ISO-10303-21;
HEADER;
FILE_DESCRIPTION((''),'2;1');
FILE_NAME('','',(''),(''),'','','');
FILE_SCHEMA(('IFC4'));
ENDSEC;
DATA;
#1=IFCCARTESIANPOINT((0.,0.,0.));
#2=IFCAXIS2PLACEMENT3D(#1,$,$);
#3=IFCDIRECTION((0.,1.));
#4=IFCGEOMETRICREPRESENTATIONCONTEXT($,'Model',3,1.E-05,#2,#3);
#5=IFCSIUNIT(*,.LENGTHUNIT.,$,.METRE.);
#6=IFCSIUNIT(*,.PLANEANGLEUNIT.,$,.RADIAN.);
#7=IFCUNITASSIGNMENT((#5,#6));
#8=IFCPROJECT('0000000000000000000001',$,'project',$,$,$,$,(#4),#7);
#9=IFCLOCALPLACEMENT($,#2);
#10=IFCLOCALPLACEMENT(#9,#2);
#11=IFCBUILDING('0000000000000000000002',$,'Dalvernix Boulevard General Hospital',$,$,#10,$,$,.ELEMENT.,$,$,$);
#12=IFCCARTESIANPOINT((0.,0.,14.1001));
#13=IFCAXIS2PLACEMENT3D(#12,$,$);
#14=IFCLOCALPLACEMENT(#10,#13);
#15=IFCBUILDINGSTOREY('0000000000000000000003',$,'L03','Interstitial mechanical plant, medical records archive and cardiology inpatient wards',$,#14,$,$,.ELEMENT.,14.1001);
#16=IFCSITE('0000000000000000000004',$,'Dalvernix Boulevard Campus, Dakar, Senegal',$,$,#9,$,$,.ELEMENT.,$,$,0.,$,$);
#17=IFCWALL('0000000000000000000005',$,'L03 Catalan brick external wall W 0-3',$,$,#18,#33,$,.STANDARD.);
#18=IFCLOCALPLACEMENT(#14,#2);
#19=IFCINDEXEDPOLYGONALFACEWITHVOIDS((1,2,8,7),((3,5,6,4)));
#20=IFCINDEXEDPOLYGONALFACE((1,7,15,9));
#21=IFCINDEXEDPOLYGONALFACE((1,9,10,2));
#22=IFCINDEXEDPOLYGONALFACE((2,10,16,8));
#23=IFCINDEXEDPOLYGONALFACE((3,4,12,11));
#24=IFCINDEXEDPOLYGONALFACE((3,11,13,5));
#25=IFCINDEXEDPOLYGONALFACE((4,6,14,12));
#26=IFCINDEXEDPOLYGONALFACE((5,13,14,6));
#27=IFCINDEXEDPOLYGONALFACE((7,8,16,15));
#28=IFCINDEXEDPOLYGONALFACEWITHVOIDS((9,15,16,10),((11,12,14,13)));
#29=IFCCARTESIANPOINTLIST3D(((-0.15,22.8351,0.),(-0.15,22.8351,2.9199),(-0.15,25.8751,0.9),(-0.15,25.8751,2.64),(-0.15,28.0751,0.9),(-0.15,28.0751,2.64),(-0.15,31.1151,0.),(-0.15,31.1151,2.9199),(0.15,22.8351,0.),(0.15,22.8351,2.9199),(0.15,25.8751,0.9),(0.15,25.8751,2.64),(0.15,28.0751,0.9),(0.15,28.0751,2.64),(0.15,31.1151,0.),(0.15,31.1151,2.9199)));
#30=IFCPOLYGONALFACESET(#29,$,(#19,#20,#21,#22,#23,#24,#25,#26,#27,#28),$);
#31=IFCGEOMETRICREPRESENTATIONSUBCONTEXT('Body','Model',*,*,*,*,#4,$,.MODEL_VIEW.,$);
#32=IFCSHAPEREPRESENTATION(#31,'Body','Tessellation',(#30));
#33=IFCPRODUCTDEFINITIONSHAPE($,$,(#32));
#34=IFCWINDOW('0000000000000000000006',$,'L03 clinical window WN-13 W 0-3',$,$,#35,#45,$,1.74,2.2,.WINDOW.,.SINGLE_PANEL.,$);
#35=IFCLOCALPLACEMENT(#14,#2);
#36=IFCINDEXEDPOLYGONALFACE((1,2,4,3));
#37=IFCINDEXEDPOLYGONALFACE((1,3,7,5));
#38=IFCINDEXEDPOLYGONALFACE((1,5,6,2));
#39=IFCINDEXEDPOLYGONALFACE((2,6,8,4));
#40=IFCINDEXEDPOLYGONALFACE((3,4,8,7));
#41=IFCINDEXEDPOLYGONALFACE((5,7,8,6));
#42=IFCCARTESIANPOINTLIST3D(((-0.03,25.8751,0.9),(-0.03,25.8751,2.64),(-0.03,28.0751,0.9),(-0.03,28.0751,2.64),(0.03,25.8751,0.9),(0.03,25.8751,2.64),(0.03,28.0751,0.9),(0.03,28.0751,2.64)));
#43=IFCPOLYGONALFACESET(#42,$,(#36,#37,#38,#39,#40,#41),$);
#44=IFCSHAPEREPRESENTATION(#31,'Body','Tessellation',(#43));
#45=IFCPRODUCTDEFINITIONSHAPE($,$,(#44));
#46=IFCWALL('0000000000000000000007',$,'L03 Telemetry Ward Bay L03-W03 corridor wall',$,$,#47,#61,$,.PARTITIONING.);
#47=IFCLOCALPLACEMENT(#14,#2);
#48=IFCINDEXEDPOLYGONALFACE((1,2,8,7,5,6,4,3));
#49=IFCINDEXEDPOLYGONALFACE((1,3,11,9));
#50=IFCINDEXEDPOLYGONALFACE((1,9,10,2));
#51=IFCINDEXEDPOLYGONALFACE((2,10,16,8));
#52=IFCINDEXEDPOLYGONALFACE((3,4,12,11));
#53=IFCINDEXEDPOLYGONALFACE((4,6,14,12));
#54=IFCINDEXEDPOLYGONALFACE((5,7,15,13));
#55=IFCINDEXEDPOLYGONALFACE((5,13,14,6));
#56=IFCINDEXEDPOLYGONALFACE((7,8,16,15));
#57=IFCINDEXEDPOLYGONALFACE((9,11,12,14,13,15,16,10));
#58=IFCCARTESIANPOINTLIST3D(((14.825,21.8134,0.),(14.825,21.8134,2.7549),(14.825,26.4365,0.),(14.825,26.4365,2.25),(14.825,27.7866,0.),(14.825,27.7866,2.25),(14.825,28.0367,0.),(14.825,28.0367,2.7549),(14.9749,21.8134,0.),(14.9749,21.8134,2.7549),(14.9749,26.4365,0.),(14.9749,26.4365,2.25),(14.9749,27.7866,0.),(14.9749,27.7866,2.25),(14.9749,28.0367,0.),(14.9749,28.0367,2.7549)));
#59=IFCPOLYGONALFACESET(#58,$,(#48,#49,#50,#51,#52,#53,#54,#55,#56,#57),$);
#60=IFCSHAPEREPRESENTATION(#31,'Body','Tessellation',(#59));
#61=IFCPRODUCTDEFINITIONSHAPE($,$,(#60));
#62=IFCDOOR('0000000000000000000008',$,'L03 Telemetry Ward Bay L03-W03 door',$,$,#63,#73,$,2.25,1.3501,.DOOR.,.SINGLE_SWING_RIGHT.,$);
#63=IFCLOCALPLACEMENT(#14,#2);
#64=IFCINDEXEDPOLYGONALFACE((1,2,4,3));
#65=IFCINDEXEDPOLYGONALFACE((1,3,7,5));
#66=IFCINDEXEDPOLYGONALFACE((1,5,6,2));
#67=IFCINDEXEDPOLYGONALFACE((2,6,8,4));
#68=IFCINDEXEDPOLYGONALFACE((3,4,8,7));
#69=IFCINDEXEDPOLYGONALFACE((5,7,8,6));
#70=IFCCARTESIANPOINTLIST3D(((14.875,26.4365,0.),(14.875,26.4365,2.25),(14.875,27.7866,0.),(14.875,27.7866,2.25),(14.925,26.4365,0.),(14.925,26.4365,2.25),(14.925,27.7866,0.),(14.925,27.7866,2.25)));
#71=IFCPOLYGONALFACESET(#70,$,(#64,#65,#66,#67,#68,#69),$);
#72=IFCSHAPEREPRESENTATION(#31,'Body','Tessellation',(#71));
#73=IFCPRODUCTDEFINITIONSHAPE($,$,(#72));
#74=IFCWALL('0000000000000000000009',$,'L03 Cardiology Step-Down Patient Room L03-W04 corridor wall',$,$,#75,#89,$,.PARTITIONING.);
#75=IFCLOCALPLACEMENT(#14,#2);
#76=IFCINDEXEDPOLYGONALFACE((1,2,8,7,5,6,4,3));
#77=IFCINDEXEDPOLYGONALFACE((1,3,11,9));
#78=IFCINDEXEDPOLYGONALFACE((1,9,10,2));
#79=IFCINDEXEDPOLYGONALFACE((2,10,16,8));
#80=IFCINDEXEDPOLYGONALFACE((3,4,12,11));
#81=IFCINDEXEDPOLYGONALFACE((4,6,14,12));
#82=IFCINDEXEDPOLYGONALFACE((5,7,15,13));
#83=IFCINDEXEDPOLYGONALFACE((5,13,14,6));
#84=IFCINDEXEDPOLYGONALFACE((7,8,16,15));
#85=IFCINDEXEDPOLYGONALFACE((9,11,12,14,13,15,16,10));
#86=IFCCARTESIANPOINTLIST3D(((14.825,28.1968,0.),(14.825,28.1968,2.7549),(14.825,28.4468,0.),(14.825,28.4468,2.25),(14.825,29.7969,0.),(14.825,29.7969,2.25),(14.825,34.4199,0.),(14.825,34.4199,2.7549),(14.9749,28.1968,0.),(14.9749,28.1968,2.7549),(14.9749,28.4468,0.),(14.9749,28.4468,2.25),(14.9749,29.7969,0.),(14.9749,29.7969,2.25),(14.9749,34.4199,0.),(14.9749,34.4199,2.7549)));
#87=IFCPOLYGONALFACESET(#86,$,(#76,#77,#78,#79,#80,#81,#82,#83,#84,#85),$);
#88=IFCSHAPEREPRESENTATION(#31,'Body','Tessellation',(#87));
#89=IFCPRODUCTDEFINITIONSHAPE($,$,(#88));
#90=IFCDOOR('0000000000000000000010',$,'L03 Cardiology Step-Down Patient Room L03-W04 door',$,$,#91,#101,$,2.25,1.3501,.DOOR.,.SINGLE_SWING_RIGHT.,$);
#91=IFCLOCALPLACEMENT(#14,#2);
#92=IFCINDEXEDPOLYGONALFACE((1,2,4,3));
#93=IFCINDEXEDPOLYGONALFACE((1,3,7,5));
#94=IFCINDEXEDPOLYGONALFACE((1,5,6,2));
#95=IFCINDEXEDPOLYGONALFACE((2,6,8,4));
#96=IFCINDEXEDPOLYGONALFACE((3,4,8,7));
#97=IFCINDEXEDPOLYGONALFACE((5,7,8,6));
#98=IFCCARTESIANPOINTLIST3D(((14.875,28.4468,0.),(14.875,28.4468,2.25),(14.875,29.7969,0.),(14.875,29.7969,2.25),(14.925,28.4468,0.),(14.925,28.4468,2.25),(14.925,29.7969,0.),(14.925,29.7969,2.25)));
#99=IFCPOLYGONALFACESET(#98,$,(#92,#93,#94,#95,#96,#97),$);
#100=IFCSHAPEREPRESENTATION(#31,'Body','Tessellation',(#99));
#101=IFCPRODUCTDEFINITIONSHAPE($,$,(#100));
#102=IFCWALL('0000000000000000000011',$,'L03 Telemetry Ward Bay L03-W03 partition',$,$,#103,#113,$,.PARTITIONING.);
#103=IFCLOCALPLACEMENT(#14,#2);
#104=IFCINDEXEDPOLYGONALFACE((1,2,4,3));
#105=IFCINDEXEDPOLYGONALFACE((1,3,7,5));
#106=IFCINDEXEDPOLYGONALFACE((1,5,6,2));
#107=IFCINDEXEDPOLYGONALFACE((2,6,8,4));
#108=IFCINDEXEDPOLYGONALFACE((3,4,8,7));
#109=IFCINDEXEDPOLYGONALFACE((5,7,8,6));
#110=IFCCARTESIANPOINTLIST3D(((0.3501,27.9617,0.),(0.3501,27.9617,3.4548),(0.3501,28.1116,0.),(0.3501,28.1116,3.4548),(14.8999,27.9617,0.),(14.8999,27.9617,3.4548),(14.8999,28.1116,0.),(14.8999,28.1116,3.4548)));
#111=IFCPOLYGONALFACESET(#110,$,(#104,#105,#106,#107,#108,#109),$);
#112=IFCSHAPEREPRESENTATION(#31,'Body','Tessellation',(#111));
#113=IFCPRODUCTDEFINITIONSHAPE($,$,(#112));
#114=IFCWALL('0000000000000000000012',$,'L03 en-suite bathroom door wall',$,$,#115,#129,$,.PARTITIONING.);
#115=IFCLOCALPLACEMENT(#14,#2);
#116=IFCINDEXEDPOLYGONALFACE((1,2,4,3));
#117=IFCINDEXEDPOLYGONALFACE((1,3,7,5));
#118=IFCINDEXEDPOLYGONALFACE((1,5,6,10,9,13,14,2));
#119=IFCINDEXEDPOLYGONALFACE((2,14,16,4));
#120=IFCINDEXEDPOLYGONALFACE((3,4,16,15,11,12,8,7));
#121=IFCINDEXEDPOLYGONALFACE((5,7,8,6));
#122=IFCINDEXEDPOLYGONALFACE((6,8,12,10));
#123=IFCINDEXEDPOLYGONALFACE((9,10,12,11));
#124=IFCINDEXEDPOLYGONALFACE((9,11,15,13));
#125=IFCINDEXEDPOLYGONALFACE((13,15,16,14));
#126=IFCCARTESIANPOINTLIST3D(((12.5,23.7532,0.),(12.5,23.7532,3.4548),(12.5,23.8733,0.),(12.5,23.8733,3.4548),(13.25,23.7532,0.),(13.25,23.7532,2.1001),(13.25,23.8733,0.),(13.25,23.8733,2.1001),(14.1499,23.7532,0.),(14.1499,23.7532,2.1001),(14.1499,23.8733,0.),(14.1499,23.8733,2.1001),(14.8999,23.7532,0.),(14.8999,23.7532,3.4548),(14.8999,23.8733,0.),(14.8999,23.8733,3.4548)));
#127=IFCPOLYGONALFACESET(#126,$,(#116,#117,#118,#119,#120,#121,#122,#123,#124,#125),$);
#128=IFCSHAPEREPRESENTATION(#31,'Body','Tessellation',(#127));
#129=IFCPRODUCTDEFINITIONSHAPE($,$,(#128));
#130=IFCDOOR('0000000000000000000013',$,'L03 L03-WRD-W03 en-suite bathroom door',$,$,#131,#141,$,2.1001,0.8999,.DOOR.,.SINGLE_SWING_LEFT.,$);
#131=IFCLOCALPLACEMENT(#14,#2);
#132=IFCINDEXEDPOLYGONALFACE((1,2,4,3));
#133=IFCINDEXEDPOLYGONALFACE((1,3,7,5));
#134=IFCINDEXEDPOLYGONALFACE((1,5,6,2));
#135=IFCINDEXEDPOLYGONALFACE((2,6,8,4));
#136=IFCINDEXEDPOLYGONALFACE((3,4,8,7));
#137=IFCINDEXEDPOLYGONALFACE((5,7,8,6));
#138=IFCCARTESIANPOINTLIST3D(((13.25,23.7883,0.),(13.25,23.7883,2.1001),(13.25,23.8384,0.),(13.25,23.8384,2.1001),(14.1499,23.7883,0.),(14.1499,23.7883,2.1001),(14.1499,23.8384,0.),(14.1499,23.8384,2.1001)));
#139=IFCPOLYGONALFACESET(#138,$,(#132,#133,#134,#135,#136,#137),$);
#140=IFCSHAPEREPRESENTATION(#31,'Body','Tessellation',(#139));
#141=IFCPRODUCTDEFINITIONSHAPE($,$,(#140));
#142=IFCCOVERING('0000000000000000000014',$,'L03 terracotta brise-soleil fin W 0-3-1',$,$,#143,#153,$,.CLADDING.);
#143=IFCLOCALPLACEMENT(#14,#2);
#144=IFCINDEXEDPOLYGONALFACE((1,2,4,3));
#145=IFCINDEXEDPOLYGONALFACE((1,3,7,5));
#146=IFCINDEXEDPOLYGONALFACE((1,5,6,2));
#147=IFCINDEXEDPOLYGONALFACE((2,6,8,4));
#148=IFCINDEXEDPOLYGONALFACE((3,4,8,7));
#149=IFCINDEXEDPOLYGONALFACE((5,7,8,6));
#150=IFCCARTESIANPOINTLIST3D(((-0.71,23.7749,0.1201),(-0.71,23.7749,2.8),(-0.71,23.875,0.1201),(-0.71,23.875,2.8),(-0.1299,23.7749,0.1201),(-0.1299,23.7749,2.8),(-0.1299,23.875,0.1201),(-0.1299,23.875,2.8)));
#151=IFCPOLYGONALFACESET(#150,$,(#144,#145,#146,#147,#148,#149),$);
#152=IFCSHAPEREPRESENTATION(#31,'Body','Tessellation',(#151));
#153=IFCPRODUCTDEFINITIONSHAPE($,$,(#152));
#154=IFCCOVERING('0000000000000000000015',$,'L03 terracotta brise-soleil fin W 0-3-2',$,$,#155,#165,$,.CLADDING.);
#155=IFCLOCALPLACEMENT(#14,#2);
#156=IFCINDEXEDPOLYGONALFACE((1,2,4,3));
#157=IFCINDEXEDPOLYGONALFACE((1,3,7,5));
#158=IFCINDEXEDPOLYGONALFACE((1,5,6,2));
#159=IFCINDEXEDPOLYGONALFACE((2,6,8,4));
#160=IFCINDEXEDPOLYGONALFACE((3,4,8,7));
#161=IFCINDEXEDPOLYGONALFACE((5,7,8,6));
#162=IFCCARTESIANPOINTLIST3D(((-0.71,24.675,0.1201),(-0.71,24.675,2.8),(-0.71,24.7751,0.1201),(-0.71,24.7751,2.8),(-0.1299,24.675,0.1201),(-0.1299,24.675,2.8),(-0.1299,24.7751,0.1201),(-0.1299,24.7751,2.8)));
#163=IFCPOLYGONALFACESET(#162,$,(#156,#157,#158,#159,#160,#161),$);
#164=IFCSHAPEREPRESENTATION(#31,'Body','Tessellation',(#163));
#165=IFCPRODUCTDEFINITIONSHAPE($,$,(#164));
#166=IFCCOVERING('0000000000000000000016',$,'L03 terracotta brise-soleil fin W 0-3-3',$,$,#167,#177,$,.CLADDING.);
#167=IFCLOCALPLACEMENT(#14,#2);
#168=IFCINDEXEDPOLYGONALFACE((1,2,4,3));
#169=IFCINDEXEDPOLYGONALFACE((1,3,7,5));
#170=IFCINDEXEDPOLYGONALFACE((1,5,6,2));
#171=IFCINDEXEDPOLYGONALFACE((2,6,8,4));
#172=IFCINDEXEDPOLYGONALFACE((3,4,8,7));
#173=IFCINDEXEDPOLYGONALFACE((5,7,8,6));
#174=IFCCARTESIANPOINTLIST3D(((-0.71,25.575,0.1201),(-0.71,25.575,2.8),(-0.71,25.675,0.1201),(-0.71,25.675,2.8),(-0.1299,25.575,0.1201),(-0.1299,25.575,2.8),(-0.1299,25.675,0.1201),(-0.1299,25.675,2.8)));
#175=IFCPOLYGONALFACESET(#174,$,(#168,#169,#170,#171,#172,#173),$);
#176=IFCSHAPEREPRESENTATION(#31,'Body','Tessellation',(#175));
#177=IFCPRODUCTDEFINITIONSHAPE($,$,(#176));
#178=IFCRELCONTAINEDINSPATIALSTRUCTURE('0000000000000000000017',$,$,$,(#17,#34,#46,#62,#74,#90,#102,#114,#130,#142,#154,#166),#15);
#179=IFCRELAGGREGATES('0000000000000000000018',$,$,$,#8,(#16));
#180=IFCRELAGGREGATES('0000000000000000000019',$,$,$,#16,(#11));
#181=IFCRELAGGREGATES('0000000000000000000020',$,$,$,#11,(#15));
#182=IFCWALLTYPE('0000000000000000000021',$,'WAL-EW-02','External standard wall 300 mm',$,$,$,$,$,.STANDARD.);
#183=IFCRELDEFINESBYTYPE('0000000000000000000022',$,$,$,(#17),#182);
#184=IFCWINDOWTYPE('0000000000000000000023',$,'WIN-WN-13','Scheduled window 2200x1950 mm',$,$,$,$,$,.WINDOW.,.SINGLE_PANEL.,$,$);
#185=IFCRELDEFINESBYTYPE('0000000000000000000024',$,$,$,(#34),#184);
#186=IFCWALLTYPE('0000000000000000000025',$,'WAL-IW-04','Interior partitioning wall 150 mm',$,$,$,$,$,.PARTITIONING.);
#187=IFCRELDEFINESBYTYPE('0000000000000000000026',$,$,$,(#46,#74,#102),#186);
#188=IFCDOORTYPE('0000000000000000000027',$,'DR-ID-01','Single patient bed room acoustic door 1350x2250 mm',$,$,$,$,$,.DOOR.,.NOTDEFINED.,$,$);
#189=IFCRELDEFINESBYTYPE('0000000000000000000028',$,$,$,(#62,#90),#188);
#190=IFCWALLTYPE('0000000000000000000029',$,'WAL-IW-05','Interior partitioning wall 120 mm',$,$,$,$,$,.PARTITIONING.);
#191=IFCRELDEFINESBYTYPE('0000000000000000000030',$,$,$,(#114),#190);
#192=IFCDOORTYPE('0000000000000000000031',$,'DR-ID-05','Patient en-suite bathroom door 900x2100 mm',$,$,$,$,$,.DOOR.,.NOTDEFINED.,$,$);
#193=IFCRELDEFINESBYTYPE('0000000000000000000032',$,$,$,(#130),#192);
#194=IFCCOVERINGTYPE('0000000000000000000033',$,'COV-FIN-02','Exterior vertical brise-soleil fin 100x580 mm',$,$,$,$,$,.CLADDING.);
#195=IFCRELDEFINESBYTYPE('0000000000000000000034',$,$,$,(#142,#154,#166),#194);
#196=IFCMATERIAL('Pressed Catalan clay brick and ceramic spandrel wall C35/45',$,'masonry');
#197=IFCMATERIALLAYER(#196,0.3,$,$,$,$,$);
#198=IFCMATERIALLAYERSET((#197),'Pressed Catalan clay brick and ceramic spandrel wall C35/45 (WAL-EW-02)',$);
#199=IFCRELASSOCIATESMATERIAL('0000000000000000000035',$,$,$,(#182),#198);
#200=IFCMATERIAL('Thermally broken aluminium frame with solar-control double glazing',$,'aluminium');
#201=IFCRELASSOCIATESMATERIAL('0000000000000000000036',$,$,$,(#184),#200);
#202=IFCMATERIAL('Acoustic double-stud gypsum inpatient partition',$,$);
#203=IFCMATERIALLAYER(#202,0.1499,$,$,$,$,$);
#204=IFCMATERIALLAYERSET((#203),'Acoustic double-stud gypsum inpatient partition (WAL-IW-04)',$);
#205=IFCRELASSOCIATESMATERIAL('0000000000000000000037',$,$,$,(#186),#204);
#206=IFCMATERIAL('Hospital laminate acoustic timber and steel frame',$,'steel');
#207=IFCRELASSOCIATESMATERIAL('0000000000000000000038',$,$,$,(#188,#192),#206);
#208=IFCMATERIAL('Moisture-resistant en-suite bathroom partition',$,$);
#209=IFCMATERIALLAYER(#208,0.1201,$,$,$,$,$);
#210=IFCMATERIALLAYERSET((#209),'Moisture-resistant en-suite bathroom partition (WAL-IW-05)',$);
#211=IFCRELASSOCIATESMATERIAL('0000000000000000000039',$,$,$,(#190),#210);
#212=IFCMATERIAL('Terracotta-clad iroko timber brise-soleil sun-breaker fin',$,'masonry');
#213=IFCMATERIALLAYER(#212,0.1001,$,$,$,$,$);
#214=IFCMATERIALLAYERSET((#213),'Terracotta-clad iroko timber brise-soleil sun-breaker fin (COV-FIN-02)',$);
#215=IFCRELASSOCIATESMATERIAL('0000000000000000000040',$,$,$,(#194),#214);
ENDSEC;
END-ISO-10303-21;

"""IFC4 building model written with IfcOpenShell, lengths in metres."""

from ifc_helpers import new_model, si_unit, direction, frame, frame_2d, origin, origin_2d, place, context, subcontext, project, spatial, rectangle, extrude, material, layer, layer_set, type_object, element, fill, save


model = new_model("IFC4")

# Units and contexts
model_context = context("Model", 3, precision=1e-05, world=origin(), true_north=direction((0.0, 1.0)))
body_context = subcontext(model_context, "Body", "Model", "MODEL_VIEW")
ifc_project = project(units=[si_unit("LENGTHUNIT", "METRE"), si_unit("PLANEANGLEUNIT", "RADIAN")], contexts=[model_context])

# Site, building, storey
site_placement = place(None, origin())
site = spatial("IfcSite", under=ifc_project, at=site_placement, Name="Dalvernix Boulevard Campus, Dakar, Senegal", CompositionType="ELEMENT", RefElevation=0.0)
building_placement = place(site_placement, origin())
building = spatial("IfcBuilding", under=site, at=building_placement, Name="Dalvernix Boulevard General Hospital", CompositionType="ELEMENT")
storey_placement = place(building_placement, frame((0.0, 0.0, 14.1001)))
storey = spatial("IfcBuildingStorey", under=building, at=storey_placement, Name="L03", Description="Interstitial mechanical plant, medical records archive and cardiology inpatient wards", CompositionType="ELEMENT", Elevation=14.1001)

# Wall, opening, window
ifc_material_1 = material(Name="Pressed Catalan clay brick and ceramic spandrel wall C35/45", Category="masonry")
ifc_layer_1 = layer(ifc_material_1, 0.3)
ifc_layer_set_1 = layer_set([ifc_layer_1], Name="Pressed Catalan clay brick and ceramic spandrel wall C35/45 (WAL-EW-02)")
wall_type_1 = type_object("IfcWallType", Name="WAL-EW-02", Description="External standard wall 300 mm", PredefinedType="STANDARD", material=ifc_layer_set_1)
wall_1_placement = place(storey_placement, frame((0.0, 22.835, 0.0), z_axis=(0.0, 0.0, 1.0), x_axis=(0.0, 1.0, 0.0)))
wall_1 = element("IfcWall", 1, at=wall_1_placement, inside=storey, type_object=wall_type_1, Name="L03 Catalan brick external wall W 0-3", PredefinedType="STANDARD", context=body_context, shape_type="SweptSolid", body=[
    extrude(rectangle(XDim=8.28, YDim=0.3, at=frame_2d((4.1401, 0.0))), origin(), (0.0, 0.0, 1.0), 2.9199),
])
opening_1_placement = place(wall_1_placement, frame((3.04, 0.0, 0.8999)))
opening_1 = element("IfcOpeningElement", 2, at=opening_1_placement, cuts=wall_1, PredefinedType="OPENING", context=body_context, shape_type="SweptSolid", body=[
    extrude(rectangle(XDim=2.2, YDim=1.74, at=frame_2d((1.1001, 0.8701))), frame((0.0, 0.1599, 0.0), z_axis=(0.0, -1.0, 0.0), x_axis=(1.0, 0.0, 0.0)), (0.0, 0.0, 1.0), 0.3201),
])
ifc_material_2 = material(Name="Thermally broken aluminium frame with solar-control double glazing", Category="aluminium")
window_type = type_object("IfcWindowType", Name="WIN-WN-13", Description="Scheduled window 2200x1950 mm", PartitioningType="SINGLE_PANEL", PredefinedType="WINDOW", material=ifc_material_2)
window_placement = place(opening_1_placement, origin())
window = element("IfcWindow", 3, at=window_placement, inside=storey, type_object=window_type, Name="L03 clinical window WN-13 W 0-3", OverallHeight=1.74, OverallWidth=2.2, PartitioningType="SINGLE_PANEL", PredefinedType="WINDOW", context=body_context, shape_type="SweptSolid", body=[
    extrude(rectangle(XDim=2.2, YDim=1.74, at=frame_2d((1.1001, 0.8701))), frame((0.0, 0.03, 0.0), z_axis=(0.0, -1.0, 0.0), x_axis=(1.0, 0.0, 0.0)), (0.0, 0.0, 1.0), 0.0601),
])
fill(opening_1, window)

# Walls, openings, doors
ifc_material_3 = material(Name="Acoustic double-stud gypsum inpatient partition")
ifc_layer_2 = layer(ifc_material_3, 0.1499)
ifc_layer_set_2 = layer_set([ifc_layer_2], Name="Acoustic double-stud gypsum inpatient partition (WAL-IW-04)")
wall_type_2 = type_object("IfcWallType", Name="WAL-IW-04", Description="Interior partitioning wall 150 mm", PredefinedType="PARTITIONING", material=ifc_layer_set_2)
wall_2_placement = place(storey_placement, frame((14.8999, 21.8132, 0.0), z_axis=(0.0, 0.0, 1.0), x_axis=(0.0, 1.0, 0.0)))
wall_2 = element("IfcWall", 4, at=wall_2_placement, inside=storey, type_object=wall_type_2, Name="L03 Telemetry Ward Bay L03-W03 corridor wall", PredefinedType="PARTITIONING", context=body_context, shape_type="SweptSolid", body=[
    extrude(rectangle(XDim=6.2234, YDim=0.1499, at=frame_2d((3.1118, 0.0))), origin(), (0.0, 0.0, 1.0), 2.7549),
])
opening_2_placement = place(wall_2_placement, frame((4.6233, 0.0, 0.0)))
opening_2 = element("IfcOpeningElement", 5, at=opening_2_placement, cuts=wall_2, PredefinedType="OPENING", context=body_context, shape_type="SweptSolid", body=[
    extrude(rectangle(XDim=1.3501, YDim=2.25, at=frame_2d((0.675, 1.125))), frame((0.0, 0.085, 0.0), z_axis=(0.0, -1.0, 0.0), x_axis=(1.0, 0.0, 0.0)), (0.0, 0.0, 1.0), 0.1699),
])
ifc_material_4 = material(Name="Hospital laminate acoustic timber and steel frame", Category="steel")
door_type_1 = type_object("IfcDoorType", Name="DR-ID-01", Description="Single patient bed room acoustic door 1350x2250 mm", OperationType="NOTDEFINED", PredefinedType="DOOR", material=ifc_material_4)
door_1_placement = place(opening_2_placement, origin())
door_1 = element("IfcDoor", 6, at=door_1_placement, inside=storey, type_object=door_type_1, Name="L03 Telemetry Ward Bay L03-W03 door", OperationType="SINGLE_SWING_RIGHT", OverallHeight=2.25, OverallWidth=1.3501, PredefinedType="DOOR", context=body_context, shape_type="SweptSolid", body=[
    extrude(rectangle(XDim=1.3501, YDim=2.25, at=frame_2d((0.675, 1.125))), frame((0.0, 0.0249, 0.0), z_axis=(0.0, -1.0, 0.0), x_axis=(1.0, 0.0, 0.0)), (0.0, 0.0, 1.0), 0.05),
])
fill(opening_2, door_1)
wall_3_placement = place(storey_placement, frame((14.8999, 28.1968, 0.0), z_axis=(0.0, 0.0, 1.0), x_axis=(0.0, 1.0, 0.0)))
wall_3 = element("IfcWall", 7, at=wall_3_placement, inside=storey, type_object=wall_type_2, Name="L03 Cardiology Step-Down Patient Room L03-W04 corridor wall", PredefinedType="PARTITIONING", context=body_context, shape_type="SweptSolid", body=[
    extrude(rectangle(XDim=6.2231, YDim=0.1499, at=frame_2d((3.1116, 0.0))), origin(), (0.0, 0.0, 1.0), 2.7549),
])
opening_3_placement = place(wall_3_placement, frame((0.25, 0.0, 0.0)))
opening_3 = element("IfcOpeningElement", 8, at=opening_3_placement, cuts=wall_3, PredefinedType="OPENING", context=body_context, shape_type="SweptSolid", body=[
    extrude(rectangle(XDim=1.3501, YDim=2.25, at=frame_2d((0.675, 1.125))), frame((0.0, 0.085, 0.0), z_axis=(0.0, -1.0, 0.0), x_axis=(1.0, 0.0, 0.0)), (0.0, 0.0, 1.0), 0.1699),
])
door_2_placement = place(opening_3_placement, origin())
door_2 = element("IfcDoor", 9, at=door_2_placement, inside=storey, type_object=door_type_1, Name="L03 Cardiology Step-Down Patient Room L03-W04 door", OperationType="SINGLE_SWING_RIGHT", OverallHeight=2.25, OverallWidth=1.3501, PredefinedType="DOOR", context=body_context, shape_type="SweptSolid", body=[
    extrude(rectangle(XDim=1.3501, YDim=2.25, at=frame_2d((0.675, 1.125))), frame((0.0, 0.0249, 0.0), z_axis=(0.0, -1.0, 0.0), x_axis=(1.0, 0.0, 0.0)), (0.0, 0.0, 1.0), 0.05),
])
fill(opening_3, door_2)

# Wall
wall_4_placement = place(storey_placement, frame((0.3501, 28.0366, 0.0), z_axis=(0.0, 0.0, 1.0), x_axis=(1.0, 0.0, 0.0)))
element("IfcWall", 10, at=wall_4_placement, inside=storey, type_object=wall_type_2, Name="L03 Telemetry Ward Bay L03-W03 partition", PredefinedType="PARTITIONING", context=body_context, shape_type="SweptSolid", body=[
    extrude(rectangle(XDim=14.5498, YDim=0.1499, at=frame_2d((7.2749, 0.0))), origin(), (0.0, 0.0, 1.0), 3.4548),
])

# Wall, opening, door
ifc_material_5 = material(Name="Moisture-resistant en-suite bathroom partition")
ifc_layer_3 = layer(ifc_material_5, 0.1201)
ifc_layer_set_3 = layer_set([ifc_layer_3], Name="Moisture-resistant en-suite bathroom partition (WAL-IW-05)")
wall_type_3 = type_object("IfcWallType", Name="WAL-IW-05", Description="Interior partitioning wall 120 mm", PredefinedType="PARTITIONING", material=ifc_layer_set_3)
wall_5_placement = place(storey_placement, frame((14.8999, 23.8132, 0.0), z_axis=(0.0, 0.0, 1.0), x_axis=(-1.0, 0.0, 0.0)))
wall_5 = element("IfcWall", 11, at=wall_5_placement, inside=storey, type_object=wall_type_3, Name="L03 en-suite bathroom door wall", PredefinedType="PARTITIONING", context=body_context, shape_type="SweptSolid", body=[
    extrude(rectangle(XDim=2.3999, YDim=0.1201, at=frame_2d((1.2, 0.0))), origin(), (0.0, 0.0, 1.0), 3.4548),
])
opening_4_placement = place(wall_5_placement, frame((0.75, 0.0, 0.0)))
opening_4 = element("IfcOpeningElement", 12, at=opening_4_placement, cuts=wall_5, PredefinedType="OPENING", context=body_context, shape_type="SweptSolid", body=[
    extrude(rectangle(XDim=0.8999, YDim=2.1001, at=frame_2d((0.45, 1.05))), frame((0.0, 0.0701, 0.0), z_axis=(0.0, -1.0, 0.0), x_axis=(1.0, 0.0, 0.0)), (0.0, 0.0, 1.0), 0.1401),
])
door_type_2 = type_object("IfcDoorType", Name="DR-ID-05", Description="Patient en-suite bathroom door 900x2100 mm", OperationType="NOTDEFINED", PredefinedType="DOOR", material=ifc_material_4)
door_3_placement = place(opening_4_placement, origin())
door_3 = element("IfcDoor", 13, at=door_3_placement, inside=storey, type_object=door_type_2, Name="L03 L03-WRD-W03 en-suite bathroom door", OperationType="SINGLE_SWING_LEFT", OverallHeight=2.1001, OverallWidth=0.8999, PredefinedType="DOOR", context=body_context, shape_type="SweptSolid", body=[
    extrude(rectangle(XDim=0.8999, YDim=2.1001, at=frame_2d((0.45, 1.05))), frame((0.0, 0.0249, 0.0), z_axis=(0.0, -1.0, 0.0), x_axis=(1.0, 0.0, 0.0)), (0.0, 0.0, 1.0), 0.05),
])
fill(opening_4, door_3)

# Coverings
ifc_material_6 = material(Name="Terracotta-clad iroko timber brise-soleil sun-breaker fin", Category="masonry")
ifc_layer_4 = layer(ifc_material_6, 0.1001)
ifc_layer_set_4 = layer_set([ifc_layer_4], Name="Terracotta-clad iroko timber brise-soleil sun-breaker fin (COV-FIN-02)")
covering_type_1 = type_object("IfcCoveringType", Name="COV-FIN-02", Description="Exterior vertical brise-soleil fin 100x580 mm", PredefinedType="CLADDING", material=ifc_layer_set_4)
for number, where, z_axis, x_axis, name in (
    (14, (-0.4199, 23.825, 0.1201), (0.0, 0.0, 1.0), (0.0, 1.0, 0.0), "L03 terracotta brise-soleil fin W 0-3-1"),
    (15, (-0.4199, 24.7251, 0.1201), (0.0, 0.0, 1.0), (0.0, 1.0, 0.0), "L03 terracotta brise-soleil fin W 0-3-2"),
    (16, (-0.4199, 25.625, 0.1201), (0.0, 0.0, 1.0), (0.0, 1.0, 0.0), "L03 terracotta brise-soleil fin W 0-3-3"),
):
    element("IfcCovering", number, at=place(storey_placement, frame(where, z_axis=z_axis, x_axis=x_axis)), inside=storey, type_object=covering_type_1, Name=name, PredefinedType="CLADDING", context=body_context, shape_type="SweptSolid", body=[
        extrude(rectangle(XDim=0.1001, YDim=0.5801, at=origin_2d()), origin(), (0.0, 0.0, 1.0), 2.6799),
    ])

save(model, "model.ifc")
